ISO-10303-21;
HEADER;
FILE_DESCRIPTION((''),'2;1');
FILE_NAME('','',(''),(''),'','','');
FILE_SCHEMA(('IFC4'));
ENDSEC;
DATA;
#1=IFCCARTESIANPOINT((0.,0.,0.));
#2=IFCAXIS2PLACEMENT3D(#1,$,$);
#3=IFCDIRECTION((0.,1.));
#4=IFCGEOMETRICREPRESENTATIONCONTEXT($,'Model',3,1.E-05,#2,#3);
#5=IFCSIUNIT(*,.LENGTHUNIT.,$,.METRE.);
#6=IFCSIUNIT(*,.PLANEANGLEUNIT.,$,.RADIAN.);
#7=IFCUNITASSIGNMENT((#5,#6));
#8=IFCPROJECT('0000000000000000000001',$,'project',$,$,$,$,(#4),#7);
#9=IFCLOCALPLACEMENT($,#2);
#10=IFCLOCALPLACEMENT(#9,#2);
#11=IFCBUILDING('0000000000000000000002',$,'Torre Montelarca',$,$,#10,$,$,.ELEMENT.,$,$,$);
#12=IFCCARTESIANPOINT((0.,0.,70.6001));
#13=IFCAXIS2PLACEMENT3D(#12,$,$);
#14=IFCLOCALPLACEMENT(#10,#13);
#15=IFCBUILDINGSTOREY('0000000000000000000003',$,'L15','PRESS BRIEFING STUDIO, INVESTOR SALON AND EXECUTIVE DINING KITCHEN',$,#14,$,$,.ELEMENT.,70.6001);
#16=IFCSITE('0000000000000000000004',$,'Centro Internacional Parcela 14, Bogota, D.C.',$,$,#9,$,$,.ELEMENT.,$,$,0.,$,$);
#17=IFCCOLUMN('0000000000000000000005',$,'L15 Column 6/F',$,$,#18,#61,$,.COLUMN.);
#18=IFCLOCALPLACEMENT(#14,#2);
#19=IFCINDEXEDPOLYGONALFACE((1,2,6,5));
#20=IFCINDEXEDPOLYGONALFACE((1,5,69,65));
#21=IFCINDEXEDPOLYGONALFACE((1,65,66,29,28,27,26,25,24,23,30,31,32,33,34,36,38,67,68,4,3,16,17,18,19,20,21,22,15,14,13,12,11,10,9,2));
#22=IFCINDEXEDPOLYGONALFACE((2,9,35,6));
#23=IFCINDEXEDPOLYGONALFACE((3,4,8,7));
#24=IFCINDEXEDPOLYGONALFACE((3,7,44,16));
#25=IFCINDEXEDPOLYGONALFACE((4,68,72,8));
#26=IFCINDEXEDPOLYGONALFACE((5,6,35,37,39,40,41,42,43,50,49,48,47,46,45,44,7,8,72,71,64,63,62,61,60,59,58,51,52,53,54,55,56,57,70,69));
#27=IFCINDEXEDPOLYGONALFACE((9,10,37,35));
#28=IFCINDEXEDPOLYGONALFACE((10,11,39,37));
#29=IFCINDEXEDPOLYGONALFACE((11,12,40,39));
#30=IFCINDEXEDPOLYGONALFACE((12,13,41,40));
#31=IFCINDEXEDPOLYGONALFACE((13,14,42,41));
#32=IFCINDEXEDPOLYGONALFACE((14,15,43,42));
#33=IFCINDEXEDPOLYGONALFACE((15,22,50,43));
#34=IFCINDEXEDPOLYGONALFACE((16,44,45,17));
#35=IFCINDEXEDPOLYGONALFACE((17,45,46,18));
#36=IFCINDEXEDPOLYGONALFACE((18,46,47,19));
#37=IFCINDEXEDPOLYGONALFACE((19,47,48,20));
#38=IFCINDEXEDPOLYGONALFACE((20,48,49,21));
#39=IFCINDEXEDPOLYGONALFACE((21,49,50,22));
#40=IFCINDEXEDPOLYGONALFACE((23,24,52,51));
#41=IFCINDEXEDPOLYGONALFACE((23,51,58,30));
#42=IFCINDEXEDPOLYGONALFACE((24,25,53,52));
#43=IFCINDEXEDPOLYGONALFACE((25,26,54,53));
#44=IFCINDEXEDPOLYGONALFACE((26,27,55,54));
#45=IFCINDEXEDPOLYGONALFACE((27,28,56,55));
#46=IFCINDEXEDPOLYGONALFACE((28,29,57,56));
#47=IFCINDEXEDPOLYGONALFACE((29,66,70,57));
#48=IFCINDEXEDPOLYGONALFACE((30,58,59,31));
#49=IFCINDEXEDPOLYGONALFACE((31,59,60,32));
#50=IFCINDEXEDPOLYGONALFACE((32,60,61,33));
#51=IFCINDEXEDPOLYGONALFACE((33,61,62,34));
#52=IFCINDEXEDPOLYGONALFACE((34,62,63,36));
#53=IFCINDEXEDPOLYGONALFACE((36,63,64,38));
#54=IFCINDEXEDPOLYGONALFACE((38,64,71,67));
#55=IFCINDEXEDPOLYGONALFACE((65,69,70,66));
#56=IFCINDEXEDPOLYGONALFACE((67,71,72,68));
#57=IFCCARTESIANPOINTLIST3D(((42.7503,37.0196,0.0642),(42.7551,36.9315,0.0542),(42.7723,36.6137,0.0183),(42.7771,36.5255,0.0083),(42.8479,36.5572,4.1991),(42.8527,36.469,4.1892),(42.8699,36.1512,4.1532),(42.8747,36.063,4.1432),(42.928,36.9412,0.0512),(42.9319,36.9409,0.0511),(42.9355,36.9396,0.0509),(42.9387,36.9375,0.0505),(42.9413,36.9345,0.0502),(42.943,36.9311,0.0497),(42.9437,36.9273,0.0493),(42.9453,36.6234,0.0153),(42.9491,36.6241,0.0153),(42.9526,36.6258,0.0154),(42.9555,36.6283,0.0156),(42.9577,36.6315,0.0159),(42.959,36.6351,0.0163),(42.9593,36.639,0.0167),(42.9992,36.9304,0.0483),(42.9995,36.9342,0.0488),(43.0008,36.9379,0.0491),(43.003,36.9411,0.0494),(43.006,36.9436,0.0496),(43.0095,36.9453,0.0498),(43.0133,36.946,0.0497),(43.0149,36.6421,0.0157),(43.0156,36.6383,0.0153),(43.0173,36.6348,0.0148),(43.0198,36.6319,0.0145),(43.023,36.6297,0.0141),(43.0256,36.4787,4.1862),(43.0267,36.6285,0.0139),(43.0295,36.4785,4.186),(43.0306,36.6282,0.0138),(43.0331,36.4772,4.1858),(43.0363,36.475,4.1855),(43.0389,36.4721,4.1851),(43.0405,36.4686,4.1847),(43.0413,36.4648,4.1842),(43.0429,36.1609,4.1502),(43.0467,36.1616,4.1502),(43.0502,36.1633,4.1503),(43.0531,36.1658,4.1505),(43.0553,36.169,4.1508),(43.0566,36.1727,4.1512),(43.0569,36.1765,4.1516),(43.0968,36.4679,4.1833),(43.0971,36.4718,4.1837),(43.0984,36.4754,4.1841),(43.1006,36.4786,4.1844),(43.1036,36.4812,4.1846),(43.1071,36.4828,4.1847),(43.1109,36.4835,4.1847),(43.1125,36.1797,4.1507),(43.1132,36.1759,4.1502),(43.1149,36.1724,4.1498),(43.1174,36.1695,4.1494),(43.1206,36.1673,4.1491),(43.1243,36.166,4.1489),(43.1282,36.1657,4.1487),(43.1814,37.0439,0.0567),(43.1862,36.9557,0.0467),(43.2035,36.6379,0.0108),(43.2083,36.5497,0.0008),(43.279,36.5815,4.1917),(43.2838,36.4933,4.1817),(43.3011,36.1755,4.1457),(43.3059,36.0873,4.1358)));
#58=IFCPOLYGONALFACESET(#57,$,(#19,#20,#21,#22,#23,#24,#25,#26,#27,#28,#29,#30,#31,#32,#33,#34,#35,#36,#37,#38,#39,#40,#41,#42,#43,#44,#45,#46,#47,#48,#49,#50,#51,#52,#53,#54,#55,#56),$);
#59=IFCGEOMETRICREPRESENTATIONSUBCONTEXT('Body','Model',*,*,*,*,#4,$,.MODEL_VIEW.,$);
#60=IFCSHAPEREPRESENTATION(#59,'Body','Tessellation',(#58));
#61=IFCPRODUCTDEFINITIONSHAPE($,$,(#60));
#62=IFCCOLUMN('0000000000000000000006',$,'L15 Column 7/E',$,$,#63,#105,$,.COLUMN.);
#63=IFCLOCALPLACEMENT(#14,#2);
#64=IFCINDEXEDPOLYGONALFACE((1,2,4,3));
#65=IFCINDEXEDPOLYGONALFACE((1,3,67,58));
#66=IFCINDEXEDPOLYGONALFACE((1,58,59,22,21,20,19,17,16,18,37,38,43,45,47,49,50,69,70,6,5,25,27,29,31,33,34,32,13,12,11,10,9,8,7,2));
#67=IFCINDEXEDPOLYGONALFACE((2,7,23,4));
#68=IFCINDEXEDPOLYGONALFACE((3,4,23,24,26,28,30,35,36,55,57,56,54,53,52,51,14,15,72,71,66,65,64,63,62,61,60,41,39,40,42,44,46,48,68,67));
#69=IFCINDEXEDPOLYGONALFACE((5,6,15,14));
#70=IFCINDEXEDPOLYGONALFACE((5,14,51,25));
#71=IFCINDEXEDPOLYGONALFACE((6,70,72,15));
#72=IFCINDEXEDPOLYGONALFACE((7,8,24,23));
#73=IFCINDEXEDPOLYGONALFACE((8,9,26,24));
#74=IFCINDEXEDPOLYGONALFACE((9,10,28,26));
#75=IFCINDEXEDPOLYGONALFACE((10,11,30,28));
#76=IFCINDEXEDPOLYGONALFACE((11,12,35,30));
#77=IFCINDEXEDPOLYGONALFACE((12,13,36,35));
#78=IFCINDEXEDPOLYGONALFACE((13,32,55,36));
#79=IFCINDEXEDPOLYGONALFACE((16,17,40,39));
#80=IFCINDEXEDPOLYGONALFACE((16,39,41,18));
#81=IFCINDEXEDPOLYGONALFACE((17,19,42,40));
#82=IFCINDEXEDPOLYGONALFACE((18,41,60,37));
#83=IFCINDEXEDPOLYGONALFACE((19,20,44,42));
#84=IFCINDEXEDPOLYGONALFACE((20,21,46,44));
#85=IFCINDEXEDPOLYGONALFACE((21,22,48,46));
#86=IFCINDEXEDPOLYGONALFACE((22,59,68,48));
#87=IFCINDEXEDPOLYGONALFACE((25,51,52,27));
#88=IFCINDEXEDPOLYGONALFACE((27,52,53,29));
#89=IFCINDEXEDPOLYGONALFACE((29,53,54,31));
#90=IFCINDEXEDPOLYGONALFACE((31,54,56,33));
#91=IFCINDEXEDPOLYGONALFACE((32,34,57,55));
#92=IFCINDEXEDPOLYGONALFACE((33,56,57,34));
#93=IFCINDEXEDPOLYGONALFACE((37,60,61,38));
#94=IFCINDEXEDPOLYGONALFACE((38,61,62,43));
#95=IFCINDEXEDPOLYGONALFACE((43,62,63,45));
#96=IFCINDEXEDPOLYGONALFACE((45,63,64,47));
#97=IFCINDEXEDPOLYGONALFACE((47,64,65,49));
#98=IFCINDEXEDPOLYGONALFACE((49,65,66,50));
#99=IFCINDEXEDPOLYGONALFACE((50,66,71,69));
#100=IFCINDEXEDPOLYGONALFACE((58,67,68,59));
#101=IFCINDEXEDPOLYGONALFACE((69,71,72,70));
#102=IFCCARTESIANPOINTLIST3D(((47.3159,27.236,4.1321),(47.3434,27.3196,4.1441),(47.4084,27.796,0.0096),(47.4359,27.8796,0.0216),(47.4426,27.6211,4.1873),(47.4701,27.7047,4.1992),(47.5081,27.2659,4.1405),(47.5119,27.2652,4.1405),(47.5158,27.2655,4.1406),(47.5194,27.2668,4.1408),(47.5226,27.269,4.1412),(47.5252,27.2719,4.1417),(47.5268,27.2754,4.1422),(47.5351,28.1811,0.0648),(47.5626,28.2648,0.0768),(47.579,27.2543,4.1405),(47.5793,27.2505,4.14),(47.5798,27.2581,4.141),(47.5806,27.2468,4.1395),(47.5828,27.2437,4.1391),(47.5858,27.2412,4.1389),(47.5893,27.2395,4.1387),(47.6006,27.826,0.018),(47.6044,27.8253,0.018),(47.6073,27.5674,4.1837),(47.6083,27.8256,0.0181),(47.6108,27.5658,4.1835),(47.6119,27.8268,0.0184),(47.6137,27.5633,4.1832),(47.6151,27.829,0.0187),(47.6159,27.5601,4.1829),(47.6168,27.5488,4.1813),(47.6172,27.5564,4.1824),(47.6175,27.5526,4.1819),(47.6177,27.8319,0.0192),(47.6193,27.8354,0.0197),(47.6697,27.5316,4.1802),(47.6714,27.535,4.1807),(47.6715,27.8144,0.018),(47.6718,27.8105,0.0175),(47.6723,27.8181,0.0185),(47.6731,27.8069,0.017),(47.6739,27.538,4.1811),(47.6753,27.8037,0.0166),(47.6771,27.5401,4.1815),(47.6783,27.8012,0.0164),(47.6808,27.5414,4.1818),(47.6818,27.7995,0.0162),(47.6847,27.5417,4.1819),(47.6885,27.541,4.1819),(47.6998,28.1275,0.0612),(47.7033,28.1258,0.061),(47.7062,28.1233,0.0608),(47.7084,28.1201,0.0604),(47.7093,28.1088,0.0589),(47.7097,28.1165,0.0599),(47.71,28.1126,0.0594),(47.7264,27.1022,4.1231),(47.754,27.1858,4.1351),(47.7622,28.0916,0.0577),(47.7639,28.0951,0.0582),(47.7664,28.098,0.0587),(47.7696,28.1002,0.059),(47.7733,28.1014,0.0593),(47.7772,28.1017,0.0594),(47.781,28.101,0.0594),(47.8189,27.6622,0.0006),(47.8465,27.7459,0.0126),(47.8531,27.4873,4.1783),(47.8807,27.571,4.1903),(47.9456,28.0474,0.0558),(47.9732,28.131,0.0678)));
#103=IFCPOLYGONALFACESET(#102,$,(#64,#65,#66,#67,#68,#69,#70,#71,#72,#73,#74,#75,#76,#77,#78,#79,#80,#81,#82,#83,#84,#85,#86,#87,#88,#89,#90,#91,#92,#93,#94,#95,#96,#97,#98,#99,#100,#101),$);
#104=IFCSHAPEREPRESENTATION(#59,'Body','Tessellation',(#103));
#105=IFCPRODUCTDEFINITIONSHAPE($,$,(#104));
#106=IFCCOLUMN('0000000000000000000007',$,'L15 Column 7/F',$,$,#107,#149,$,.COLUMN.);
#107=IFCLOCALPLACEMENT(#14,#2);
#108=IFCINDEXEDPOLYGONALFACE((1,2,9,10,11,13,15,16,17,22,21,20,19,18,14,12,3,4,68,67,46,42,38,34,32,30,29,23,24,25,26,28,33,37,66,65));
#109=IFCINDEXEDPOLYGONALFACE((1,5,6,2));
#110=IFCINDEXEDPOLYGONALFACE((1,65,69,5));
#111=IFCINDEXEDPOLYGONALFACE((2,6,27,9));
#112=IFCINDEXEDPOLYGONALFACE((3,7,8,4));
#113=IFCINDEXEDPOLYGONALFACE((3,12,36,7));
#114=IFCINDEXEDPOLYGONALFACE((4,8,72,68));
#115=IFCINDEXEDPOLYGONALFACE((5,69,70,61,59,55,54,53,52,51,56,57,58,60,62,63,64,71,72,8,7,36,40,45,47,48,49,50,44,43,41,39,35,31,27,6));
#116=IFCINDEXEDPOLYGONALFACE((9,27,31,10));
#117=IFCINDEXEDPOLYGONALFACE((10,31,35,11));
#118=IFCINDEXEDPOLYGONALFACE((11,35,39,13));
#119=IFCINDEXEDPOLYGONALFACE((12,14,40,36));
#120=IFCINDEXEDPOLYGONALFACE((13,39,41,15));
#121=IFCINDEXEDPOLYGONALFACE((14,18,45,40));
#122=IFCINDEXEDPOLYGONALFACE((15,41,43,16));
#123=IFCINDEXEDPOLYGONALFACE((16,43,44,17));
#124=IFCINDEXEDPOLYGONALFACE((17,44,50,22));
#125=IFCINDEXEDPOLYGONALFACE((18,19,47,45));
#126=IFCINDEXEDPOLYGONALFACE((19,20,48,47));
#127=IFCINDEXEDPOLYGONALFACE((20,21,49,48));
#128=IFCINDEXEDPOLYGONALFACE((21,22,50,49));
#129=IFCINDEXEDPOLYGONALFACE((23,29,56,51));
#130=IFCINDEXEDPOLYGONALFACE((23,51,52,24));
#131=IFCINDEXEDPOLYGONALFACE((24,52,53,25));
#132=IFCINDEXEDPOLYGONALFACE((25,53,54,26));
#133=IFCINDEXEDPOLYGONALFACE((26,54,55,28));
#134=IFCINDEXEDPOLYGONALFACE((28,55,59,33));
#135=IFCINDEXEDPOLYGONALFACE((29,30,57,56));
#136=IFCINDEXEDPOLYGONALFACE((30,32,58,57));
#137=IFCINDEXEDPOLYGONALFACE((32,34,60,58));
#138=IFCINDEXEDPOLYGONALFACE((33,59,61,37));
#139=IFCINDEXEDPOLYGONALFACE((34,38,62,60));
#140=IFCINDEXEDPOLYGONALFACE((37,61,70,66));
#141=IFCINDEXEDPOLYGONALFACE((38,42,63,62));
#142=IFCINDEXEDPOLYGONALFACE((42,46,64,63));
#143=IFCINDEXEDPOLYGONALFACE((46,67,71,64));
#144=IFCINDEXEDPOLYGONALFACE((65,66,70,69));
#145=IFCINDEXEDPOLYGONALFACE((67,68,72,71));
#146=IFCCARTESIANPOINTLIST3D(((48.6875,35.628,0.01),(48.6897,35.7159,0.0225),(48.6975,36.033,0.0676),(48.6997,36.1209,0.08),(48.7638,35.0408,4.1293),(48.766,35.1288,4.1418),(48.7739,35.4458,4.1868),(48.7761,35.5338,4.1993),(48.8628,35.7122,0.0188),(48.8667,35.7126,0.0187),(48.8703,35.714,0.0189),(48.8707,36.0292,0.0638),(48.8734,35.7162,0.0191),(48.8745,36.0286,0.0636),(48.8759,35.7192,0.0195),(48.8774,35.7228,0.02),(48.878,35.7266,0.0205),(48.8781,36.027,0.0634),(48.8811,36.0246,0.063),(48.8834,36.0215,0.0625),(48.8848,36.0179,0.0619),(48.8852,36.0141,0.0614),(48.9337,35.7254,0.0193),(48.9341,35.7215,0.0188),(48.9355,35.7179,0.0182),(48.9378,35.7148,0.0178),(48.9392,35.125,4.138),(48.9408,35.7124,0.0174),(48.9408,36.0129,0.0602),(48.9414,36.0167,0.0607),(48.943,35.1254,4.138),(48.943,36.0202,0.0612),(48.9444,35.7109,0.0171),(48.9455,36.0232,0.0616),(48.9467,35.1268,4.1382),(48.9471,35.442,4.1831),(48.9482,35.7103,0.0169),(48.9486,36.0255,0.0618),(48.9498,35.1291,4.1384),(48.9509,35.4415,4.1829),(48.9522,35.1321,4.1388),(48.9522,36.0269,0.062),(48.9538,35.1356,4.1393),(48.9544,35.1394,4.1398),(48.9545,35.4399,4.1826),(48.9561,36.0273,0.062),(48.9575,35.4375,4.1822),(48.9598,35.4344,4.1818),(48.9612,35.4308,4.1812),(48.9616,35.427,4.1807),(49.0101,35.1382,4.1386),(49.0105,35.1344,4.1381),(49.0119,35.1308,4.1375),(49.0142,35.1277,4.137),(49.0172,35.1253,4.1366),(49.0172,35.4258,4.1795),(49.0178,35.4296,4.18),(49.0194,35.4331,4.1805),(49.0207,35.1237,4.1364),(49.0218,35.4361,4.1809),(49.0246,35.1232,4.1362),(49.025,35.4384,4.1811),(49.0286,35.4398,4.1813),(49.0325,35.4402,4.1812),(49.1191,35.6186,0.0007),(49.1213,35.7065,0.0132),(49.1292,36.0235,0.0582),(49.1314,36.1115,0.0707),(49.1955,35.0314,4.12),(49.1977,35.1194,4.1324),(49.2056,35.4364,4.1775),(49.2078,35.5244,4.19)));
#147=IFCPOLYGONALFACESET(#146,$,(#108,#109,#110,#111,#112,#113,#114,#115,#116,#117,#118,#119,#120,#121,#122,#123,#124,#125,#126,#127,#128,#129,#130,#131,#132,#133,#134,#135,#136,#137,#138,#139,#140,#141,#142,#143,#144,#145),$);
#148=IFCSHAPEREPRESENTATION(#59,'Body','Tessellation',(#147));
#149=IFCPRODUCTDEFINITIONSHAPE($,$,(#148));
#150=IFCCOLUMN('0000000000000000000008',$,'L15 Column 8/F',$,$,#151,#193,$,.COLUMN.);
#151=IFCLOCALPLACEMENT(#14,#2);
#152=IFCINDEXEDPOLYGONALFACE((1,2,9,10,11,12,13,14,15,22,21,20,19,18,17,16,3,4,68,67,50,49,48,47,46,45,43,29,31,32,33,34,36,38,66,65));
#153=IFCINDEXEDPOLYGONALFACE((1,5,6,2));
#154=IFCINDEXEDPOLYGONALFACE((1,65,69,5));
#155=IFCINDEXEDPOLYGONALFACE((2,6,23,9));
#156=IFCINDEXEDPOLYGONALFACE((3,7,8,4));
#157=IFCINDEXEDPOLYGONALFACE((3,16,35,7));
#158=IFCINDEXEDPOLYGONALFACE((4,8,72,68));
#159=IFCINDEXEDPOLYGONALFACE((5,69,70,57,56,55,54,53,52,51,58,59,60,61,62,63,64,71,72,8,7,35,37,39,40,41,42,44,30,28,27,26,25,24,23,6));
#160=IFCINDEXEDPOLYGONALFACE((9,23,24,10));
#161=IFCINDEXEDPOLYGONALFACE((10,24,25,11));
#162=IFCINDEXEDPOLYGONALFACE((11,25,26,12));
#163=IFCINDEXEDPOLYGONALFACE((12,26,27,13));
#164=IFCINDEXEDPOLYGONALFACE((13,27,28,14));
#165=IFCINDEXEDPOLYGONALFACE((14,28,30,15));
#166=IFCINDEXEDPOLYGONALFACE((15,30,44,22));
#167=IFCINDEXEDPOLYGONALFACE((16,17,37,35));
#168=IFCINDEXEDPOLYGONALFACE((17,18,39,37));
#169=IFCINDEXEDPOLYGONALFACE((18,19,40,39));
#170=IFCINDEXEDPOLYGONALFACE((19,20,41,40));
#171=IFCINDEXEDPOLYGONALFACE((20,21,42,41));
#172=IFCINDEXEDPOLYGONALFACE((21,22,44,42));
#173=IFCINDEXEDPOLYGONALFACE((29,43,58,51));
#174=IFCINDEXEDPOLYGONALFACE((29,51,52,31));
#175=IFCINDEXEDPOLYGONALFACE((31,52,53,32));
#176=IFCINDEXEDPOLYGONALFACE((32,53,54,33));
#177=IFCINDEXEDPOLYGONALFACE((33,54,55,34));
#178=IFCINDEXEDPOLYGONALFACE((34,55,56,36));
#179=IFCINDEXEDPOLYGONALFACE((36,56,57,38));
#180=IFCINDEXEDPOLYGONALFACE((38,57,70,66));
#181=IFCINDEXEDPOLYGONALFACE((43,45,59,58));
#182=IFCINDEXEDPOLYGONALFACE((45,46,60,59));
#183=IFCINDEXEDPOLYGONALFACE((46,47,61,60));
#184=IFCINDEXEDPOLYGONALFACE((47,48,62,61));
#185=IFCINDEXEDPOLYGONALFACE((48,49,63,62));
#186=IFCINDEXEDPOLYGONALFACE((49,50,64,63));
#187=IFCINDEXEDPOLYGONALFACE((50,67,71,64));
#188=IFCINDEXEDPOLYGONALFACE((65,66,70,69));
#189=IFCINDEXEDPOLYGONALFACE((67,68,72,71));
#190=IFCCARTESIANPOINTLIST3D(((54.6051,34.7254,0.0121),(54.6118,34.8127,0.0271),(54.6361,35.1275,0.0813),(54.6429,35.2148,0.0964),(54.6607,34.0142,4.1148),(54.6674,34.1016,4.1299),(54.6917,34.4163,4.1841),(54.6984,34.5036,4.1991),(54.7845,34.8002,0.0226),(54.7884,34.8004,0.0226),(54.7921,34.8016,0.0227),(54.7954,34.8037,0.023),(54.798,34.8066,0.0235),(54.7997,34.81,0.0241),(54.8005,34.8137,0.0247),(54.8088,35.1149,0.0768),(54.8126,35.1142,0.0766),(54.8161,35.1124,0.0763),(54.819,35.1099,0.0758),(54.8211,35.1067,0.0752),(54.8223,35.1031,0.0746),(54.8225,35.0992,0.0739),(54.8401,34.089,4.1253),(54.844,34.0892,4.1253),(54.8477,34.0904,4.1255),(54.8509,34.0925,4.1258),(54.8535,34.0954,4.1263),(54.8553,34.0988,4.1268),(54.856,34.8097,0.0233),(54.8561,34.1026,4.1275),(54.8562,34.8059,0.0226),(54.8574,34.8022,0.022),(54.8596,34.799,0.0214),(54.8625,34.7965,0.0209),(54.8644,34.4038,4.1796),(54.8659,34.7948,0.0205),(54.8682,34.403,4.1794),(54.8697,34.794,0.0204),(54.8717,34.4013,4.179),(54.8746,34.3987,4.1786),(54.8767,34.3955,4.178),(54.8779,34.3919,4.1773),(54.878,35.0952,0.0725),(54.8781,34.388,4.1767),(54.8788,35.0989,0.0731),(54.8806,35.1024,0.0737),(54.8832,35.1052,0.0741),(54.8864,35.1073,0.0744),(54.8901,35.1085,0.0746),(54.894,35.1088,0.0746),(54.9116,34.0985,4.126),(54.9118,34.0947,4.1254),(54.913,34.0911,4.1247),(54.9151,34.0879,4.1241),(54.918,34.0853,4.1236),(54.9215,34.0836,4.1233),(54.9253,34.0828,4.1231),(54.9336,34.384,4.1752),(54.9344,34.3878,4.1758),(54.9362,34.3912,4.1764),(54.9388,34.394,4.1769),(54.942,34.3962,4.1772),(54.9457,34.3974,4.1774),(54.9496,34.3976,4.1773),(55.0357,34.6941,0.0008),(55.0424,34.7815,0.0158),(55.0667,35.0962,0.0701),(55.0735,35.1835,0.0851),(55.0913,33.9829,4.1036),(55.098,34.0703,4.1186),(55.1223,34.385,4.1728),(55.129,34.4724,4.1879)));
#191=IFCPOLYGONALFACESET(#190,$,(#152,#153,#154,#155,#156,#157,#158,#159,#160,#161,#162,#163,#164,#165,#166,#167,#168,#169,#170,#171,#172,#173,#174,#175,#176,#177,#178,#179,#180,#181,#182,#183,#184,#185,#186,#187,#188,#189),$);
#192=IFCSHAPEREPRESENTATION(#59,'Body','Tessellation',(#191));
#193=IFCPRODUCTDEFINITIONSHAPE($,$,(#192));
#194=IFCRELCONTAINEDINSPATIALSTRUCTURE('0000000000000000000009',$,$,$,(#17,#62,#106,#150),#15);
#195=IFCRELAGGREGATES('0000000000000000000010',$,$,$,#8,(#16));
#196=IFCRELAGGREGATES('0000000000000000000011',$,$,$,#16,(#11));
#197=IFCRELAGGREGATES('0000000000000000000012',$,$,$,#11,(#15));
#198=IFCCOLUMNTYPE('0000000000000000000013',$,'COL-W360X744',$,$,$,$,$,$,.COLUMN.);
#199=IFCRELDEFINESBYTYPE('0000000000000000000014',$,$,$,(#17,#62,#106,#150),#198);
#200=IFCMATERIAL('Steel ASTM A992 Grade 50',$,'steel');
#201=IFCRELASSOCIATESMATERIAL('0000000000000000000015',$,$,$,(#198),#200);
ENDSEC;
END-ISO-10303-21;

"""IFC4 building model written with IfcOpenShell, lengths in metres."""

from ifc_helpers import new_model, si_unit, direction, frame, origin, origin_2d, place, context, subcontext, project, spatial, i_section, extrude, clip, halfspace, material, material_profile, profile_set, type_object, element, save


model = new_model("IFC4")

# Units and contexts
model_context = context("Model", 3, precision=1e-05, world=origin(), true_north=direction((0.0, 1.0)))
body_context = subcontext(model_context, "Body", "Model", "MODEL_VIEW")
ifc_project = project(units=[si_unit("LENGTHUNIT", "METRE"), si_unit("PLANEANGLEUNIT", "RADIAN")], contexts=[model_context])

# Site, building, storey
site_placement = place(None, origin())
site = spatial("IfcSite", under=ifc_project, at=site_placement, Name="Centro Internacional Parcela 14, Bogota, D.C.", CompositionType="ELEMENT", RefElevation=0.0)
building_placement = place(site_placement, origin())
building = spatial("IfcBuilding", under=site, at=building_placement, Name="Torre Montelarca", CompositionType="ELEMENT")
storey_placement = place(building_placement, frame((0.0, 0.0, 70.6001)))
storey = spatial("IfcBuildingStorey", under=building, at=storey_placement, Name="L15", Description="PRESS BRIEFING STUDIO, INVESTOR SALON AND EXECUTIVE DINING KITCHEN", CompositionType="ELEMENT", Elevation=70.6001)

# Columns
ifc_material_1 = material(Name="Steel ASTM A992 Grade 50", Category="steel")
ifc_material_profile_1 = material_profile(ifc_material_1, i_section(OverallWidth=0.4319, OverallDepth=0.498, WebThickness=0.0557, FlangeThickness=0.0889, FilletRadius=0.0149, at=origin_2d()), Name="W360X744", Category="steel")
ifc_profile_set_1 = profile_set([ifc_material_profile_1], Name="Steel ASTM A992 Grade 50")
column_type_1 = type_object("IfcColumnType", Name="COL-W360X744", PredefinedType="COLUMN", material=ifc_profile_set_1)
column_1_placement = place(storey_placement, frame((42.9785, 36.7883, 0.0), z_axis=(0.023448, -0.111117, 0.993531), x_axis=(-0.998271, -0.056186, 0.017276)))
element("IfcColumn", 1, at=column_1_placement, inside=storey, type_object=column_type_1, Name="L15 Column 6/F", PredefinedType="COLUMN", context=body_context, shape_type="Clipping", body=[
    clip(clip(extrude(i_section(OverallWidth=0.4319, OverallDepth=0.498, WebThickness=0.0557, FlangeThickness=0.0889, FilletRadius=0.0149, at=origin_2d()), origin(), (0.0, 0.0, 1.0), 4.2273), halfspace(frame((0.0, 0.0, 0.0327), z_axis=(0.0, 0.0, -1.0), x_axis=(1.0, 0.0, 0.0)), False)), halfspace(frame((0.0, 0.0, 4.1946), z_axis=(0.0, 0.0, 1.0), x_axis=(1.0, 0.0, 0.0)), False)),
])
column_2_placement = place(storey_placement, frame((47.6917, 27.9688, 0.0), z_axis=(-0.022228, -0.134579, 0.990654), x_axis=(-0.950591, 0.309752, 0.02075)))
element("IfcColumn", 2, at=column_2_placement, inside=storey, type_object=column_type_1, Name="L15 Column 7/E", PredefinedType="COLUMN", context=body_context, shape_type="Clipping", body=[
    clip(clip(extrude(i_section(OverallWidth=0.4319, OverallDepth=0.498, WebThickness=0.0557, FlangeThickness=0.0889, FilletRadius=0.0149, at=origin_2d()), origin(), (0.0, 0.0, 1.0), 4.2395), halfspace(frame((0.0, 0.0, 0.0391), z_axis=(0.0, 0.0, -1.0), x_axis=(1.0, 0.0, 0.0)), False)), halfspace(frame((0.0, 0.0, 4.2004), z_axis=(0.0, 0.0, 1.0), x_axis=(1.0, 0.0, 0.0)), False)),
])
column_3_placement = place(storey_placement, frame((48.9087, 35.8755, 0.0), z_axis=(0.018355, -0.141083, 0.989828), x_axis=(-0.999528, 0.021808, 0.021643)))
element("IfcColumn", 3, at=column_3_placement, inside=storey, type_object=column_type_1, Name="L15 Column 7/F", PredefinedType="COLUMN", context=body_context, shape_type="Clipping", body=[
    clip(clip(extrude(i_section(OverallWidth=0.4319, OverallDepth=0.498, WebThickness=0.0557, FlangeThickness=0.0889, FilletRadius=0.0149, at=origin_2d()), origin(), (0.0, 0.0, 1.0), 4.2432), halfspace(frame((0.0, 0.0, 0.0408), z_axis=(0.0, 0.0, -1.0), x_axis=(1.0, 0.0, 0.0)), False)), halfspace(frame((0.0, 0.0, 4.2024), z_axis=(0.0, 0.0, 1.0), x_axis=(1.0, 0.0, 0.0)), False)),
])
column_4_placement = place(storey_placement, frame((54.8386, 34.9629, 0.0), z_axis=(0.013344, -0.17078, 0.985219), x_axis=(-0.997033, 0.072428, 0.026059)))
element("IfcColumn", 4, at=column_4_placement, inside=storey, type_object=column_type_1, Name="L15 Column 8/F", PredefinedType="COLUMN", context=body_context, shape_type="Clipping", body=[
    clip(clip(extrude(i_section(OverallWidth=0.4319, OverallDepth=0.498, WebThickness=0.0557, FlangeThickness=0.0889, FilletRadius=0.0149, at=origin_2d()), origin(), (0.0, 0.0, 1.0), 4.2629), halfspace(frame((0.0, 0.0, 0.0493), z_axis=(0.0, 0.0, -1.0), x_axis=(1.0, 0.0, 0.0)), False)), halfspace(frame((0.0, 0.0, 4.2136), z_axis=(0.0, 0.0, 1.0), x_axis=(1.0, 0.0, 0.0)), False)),
])

save(model, "model.ifc")
